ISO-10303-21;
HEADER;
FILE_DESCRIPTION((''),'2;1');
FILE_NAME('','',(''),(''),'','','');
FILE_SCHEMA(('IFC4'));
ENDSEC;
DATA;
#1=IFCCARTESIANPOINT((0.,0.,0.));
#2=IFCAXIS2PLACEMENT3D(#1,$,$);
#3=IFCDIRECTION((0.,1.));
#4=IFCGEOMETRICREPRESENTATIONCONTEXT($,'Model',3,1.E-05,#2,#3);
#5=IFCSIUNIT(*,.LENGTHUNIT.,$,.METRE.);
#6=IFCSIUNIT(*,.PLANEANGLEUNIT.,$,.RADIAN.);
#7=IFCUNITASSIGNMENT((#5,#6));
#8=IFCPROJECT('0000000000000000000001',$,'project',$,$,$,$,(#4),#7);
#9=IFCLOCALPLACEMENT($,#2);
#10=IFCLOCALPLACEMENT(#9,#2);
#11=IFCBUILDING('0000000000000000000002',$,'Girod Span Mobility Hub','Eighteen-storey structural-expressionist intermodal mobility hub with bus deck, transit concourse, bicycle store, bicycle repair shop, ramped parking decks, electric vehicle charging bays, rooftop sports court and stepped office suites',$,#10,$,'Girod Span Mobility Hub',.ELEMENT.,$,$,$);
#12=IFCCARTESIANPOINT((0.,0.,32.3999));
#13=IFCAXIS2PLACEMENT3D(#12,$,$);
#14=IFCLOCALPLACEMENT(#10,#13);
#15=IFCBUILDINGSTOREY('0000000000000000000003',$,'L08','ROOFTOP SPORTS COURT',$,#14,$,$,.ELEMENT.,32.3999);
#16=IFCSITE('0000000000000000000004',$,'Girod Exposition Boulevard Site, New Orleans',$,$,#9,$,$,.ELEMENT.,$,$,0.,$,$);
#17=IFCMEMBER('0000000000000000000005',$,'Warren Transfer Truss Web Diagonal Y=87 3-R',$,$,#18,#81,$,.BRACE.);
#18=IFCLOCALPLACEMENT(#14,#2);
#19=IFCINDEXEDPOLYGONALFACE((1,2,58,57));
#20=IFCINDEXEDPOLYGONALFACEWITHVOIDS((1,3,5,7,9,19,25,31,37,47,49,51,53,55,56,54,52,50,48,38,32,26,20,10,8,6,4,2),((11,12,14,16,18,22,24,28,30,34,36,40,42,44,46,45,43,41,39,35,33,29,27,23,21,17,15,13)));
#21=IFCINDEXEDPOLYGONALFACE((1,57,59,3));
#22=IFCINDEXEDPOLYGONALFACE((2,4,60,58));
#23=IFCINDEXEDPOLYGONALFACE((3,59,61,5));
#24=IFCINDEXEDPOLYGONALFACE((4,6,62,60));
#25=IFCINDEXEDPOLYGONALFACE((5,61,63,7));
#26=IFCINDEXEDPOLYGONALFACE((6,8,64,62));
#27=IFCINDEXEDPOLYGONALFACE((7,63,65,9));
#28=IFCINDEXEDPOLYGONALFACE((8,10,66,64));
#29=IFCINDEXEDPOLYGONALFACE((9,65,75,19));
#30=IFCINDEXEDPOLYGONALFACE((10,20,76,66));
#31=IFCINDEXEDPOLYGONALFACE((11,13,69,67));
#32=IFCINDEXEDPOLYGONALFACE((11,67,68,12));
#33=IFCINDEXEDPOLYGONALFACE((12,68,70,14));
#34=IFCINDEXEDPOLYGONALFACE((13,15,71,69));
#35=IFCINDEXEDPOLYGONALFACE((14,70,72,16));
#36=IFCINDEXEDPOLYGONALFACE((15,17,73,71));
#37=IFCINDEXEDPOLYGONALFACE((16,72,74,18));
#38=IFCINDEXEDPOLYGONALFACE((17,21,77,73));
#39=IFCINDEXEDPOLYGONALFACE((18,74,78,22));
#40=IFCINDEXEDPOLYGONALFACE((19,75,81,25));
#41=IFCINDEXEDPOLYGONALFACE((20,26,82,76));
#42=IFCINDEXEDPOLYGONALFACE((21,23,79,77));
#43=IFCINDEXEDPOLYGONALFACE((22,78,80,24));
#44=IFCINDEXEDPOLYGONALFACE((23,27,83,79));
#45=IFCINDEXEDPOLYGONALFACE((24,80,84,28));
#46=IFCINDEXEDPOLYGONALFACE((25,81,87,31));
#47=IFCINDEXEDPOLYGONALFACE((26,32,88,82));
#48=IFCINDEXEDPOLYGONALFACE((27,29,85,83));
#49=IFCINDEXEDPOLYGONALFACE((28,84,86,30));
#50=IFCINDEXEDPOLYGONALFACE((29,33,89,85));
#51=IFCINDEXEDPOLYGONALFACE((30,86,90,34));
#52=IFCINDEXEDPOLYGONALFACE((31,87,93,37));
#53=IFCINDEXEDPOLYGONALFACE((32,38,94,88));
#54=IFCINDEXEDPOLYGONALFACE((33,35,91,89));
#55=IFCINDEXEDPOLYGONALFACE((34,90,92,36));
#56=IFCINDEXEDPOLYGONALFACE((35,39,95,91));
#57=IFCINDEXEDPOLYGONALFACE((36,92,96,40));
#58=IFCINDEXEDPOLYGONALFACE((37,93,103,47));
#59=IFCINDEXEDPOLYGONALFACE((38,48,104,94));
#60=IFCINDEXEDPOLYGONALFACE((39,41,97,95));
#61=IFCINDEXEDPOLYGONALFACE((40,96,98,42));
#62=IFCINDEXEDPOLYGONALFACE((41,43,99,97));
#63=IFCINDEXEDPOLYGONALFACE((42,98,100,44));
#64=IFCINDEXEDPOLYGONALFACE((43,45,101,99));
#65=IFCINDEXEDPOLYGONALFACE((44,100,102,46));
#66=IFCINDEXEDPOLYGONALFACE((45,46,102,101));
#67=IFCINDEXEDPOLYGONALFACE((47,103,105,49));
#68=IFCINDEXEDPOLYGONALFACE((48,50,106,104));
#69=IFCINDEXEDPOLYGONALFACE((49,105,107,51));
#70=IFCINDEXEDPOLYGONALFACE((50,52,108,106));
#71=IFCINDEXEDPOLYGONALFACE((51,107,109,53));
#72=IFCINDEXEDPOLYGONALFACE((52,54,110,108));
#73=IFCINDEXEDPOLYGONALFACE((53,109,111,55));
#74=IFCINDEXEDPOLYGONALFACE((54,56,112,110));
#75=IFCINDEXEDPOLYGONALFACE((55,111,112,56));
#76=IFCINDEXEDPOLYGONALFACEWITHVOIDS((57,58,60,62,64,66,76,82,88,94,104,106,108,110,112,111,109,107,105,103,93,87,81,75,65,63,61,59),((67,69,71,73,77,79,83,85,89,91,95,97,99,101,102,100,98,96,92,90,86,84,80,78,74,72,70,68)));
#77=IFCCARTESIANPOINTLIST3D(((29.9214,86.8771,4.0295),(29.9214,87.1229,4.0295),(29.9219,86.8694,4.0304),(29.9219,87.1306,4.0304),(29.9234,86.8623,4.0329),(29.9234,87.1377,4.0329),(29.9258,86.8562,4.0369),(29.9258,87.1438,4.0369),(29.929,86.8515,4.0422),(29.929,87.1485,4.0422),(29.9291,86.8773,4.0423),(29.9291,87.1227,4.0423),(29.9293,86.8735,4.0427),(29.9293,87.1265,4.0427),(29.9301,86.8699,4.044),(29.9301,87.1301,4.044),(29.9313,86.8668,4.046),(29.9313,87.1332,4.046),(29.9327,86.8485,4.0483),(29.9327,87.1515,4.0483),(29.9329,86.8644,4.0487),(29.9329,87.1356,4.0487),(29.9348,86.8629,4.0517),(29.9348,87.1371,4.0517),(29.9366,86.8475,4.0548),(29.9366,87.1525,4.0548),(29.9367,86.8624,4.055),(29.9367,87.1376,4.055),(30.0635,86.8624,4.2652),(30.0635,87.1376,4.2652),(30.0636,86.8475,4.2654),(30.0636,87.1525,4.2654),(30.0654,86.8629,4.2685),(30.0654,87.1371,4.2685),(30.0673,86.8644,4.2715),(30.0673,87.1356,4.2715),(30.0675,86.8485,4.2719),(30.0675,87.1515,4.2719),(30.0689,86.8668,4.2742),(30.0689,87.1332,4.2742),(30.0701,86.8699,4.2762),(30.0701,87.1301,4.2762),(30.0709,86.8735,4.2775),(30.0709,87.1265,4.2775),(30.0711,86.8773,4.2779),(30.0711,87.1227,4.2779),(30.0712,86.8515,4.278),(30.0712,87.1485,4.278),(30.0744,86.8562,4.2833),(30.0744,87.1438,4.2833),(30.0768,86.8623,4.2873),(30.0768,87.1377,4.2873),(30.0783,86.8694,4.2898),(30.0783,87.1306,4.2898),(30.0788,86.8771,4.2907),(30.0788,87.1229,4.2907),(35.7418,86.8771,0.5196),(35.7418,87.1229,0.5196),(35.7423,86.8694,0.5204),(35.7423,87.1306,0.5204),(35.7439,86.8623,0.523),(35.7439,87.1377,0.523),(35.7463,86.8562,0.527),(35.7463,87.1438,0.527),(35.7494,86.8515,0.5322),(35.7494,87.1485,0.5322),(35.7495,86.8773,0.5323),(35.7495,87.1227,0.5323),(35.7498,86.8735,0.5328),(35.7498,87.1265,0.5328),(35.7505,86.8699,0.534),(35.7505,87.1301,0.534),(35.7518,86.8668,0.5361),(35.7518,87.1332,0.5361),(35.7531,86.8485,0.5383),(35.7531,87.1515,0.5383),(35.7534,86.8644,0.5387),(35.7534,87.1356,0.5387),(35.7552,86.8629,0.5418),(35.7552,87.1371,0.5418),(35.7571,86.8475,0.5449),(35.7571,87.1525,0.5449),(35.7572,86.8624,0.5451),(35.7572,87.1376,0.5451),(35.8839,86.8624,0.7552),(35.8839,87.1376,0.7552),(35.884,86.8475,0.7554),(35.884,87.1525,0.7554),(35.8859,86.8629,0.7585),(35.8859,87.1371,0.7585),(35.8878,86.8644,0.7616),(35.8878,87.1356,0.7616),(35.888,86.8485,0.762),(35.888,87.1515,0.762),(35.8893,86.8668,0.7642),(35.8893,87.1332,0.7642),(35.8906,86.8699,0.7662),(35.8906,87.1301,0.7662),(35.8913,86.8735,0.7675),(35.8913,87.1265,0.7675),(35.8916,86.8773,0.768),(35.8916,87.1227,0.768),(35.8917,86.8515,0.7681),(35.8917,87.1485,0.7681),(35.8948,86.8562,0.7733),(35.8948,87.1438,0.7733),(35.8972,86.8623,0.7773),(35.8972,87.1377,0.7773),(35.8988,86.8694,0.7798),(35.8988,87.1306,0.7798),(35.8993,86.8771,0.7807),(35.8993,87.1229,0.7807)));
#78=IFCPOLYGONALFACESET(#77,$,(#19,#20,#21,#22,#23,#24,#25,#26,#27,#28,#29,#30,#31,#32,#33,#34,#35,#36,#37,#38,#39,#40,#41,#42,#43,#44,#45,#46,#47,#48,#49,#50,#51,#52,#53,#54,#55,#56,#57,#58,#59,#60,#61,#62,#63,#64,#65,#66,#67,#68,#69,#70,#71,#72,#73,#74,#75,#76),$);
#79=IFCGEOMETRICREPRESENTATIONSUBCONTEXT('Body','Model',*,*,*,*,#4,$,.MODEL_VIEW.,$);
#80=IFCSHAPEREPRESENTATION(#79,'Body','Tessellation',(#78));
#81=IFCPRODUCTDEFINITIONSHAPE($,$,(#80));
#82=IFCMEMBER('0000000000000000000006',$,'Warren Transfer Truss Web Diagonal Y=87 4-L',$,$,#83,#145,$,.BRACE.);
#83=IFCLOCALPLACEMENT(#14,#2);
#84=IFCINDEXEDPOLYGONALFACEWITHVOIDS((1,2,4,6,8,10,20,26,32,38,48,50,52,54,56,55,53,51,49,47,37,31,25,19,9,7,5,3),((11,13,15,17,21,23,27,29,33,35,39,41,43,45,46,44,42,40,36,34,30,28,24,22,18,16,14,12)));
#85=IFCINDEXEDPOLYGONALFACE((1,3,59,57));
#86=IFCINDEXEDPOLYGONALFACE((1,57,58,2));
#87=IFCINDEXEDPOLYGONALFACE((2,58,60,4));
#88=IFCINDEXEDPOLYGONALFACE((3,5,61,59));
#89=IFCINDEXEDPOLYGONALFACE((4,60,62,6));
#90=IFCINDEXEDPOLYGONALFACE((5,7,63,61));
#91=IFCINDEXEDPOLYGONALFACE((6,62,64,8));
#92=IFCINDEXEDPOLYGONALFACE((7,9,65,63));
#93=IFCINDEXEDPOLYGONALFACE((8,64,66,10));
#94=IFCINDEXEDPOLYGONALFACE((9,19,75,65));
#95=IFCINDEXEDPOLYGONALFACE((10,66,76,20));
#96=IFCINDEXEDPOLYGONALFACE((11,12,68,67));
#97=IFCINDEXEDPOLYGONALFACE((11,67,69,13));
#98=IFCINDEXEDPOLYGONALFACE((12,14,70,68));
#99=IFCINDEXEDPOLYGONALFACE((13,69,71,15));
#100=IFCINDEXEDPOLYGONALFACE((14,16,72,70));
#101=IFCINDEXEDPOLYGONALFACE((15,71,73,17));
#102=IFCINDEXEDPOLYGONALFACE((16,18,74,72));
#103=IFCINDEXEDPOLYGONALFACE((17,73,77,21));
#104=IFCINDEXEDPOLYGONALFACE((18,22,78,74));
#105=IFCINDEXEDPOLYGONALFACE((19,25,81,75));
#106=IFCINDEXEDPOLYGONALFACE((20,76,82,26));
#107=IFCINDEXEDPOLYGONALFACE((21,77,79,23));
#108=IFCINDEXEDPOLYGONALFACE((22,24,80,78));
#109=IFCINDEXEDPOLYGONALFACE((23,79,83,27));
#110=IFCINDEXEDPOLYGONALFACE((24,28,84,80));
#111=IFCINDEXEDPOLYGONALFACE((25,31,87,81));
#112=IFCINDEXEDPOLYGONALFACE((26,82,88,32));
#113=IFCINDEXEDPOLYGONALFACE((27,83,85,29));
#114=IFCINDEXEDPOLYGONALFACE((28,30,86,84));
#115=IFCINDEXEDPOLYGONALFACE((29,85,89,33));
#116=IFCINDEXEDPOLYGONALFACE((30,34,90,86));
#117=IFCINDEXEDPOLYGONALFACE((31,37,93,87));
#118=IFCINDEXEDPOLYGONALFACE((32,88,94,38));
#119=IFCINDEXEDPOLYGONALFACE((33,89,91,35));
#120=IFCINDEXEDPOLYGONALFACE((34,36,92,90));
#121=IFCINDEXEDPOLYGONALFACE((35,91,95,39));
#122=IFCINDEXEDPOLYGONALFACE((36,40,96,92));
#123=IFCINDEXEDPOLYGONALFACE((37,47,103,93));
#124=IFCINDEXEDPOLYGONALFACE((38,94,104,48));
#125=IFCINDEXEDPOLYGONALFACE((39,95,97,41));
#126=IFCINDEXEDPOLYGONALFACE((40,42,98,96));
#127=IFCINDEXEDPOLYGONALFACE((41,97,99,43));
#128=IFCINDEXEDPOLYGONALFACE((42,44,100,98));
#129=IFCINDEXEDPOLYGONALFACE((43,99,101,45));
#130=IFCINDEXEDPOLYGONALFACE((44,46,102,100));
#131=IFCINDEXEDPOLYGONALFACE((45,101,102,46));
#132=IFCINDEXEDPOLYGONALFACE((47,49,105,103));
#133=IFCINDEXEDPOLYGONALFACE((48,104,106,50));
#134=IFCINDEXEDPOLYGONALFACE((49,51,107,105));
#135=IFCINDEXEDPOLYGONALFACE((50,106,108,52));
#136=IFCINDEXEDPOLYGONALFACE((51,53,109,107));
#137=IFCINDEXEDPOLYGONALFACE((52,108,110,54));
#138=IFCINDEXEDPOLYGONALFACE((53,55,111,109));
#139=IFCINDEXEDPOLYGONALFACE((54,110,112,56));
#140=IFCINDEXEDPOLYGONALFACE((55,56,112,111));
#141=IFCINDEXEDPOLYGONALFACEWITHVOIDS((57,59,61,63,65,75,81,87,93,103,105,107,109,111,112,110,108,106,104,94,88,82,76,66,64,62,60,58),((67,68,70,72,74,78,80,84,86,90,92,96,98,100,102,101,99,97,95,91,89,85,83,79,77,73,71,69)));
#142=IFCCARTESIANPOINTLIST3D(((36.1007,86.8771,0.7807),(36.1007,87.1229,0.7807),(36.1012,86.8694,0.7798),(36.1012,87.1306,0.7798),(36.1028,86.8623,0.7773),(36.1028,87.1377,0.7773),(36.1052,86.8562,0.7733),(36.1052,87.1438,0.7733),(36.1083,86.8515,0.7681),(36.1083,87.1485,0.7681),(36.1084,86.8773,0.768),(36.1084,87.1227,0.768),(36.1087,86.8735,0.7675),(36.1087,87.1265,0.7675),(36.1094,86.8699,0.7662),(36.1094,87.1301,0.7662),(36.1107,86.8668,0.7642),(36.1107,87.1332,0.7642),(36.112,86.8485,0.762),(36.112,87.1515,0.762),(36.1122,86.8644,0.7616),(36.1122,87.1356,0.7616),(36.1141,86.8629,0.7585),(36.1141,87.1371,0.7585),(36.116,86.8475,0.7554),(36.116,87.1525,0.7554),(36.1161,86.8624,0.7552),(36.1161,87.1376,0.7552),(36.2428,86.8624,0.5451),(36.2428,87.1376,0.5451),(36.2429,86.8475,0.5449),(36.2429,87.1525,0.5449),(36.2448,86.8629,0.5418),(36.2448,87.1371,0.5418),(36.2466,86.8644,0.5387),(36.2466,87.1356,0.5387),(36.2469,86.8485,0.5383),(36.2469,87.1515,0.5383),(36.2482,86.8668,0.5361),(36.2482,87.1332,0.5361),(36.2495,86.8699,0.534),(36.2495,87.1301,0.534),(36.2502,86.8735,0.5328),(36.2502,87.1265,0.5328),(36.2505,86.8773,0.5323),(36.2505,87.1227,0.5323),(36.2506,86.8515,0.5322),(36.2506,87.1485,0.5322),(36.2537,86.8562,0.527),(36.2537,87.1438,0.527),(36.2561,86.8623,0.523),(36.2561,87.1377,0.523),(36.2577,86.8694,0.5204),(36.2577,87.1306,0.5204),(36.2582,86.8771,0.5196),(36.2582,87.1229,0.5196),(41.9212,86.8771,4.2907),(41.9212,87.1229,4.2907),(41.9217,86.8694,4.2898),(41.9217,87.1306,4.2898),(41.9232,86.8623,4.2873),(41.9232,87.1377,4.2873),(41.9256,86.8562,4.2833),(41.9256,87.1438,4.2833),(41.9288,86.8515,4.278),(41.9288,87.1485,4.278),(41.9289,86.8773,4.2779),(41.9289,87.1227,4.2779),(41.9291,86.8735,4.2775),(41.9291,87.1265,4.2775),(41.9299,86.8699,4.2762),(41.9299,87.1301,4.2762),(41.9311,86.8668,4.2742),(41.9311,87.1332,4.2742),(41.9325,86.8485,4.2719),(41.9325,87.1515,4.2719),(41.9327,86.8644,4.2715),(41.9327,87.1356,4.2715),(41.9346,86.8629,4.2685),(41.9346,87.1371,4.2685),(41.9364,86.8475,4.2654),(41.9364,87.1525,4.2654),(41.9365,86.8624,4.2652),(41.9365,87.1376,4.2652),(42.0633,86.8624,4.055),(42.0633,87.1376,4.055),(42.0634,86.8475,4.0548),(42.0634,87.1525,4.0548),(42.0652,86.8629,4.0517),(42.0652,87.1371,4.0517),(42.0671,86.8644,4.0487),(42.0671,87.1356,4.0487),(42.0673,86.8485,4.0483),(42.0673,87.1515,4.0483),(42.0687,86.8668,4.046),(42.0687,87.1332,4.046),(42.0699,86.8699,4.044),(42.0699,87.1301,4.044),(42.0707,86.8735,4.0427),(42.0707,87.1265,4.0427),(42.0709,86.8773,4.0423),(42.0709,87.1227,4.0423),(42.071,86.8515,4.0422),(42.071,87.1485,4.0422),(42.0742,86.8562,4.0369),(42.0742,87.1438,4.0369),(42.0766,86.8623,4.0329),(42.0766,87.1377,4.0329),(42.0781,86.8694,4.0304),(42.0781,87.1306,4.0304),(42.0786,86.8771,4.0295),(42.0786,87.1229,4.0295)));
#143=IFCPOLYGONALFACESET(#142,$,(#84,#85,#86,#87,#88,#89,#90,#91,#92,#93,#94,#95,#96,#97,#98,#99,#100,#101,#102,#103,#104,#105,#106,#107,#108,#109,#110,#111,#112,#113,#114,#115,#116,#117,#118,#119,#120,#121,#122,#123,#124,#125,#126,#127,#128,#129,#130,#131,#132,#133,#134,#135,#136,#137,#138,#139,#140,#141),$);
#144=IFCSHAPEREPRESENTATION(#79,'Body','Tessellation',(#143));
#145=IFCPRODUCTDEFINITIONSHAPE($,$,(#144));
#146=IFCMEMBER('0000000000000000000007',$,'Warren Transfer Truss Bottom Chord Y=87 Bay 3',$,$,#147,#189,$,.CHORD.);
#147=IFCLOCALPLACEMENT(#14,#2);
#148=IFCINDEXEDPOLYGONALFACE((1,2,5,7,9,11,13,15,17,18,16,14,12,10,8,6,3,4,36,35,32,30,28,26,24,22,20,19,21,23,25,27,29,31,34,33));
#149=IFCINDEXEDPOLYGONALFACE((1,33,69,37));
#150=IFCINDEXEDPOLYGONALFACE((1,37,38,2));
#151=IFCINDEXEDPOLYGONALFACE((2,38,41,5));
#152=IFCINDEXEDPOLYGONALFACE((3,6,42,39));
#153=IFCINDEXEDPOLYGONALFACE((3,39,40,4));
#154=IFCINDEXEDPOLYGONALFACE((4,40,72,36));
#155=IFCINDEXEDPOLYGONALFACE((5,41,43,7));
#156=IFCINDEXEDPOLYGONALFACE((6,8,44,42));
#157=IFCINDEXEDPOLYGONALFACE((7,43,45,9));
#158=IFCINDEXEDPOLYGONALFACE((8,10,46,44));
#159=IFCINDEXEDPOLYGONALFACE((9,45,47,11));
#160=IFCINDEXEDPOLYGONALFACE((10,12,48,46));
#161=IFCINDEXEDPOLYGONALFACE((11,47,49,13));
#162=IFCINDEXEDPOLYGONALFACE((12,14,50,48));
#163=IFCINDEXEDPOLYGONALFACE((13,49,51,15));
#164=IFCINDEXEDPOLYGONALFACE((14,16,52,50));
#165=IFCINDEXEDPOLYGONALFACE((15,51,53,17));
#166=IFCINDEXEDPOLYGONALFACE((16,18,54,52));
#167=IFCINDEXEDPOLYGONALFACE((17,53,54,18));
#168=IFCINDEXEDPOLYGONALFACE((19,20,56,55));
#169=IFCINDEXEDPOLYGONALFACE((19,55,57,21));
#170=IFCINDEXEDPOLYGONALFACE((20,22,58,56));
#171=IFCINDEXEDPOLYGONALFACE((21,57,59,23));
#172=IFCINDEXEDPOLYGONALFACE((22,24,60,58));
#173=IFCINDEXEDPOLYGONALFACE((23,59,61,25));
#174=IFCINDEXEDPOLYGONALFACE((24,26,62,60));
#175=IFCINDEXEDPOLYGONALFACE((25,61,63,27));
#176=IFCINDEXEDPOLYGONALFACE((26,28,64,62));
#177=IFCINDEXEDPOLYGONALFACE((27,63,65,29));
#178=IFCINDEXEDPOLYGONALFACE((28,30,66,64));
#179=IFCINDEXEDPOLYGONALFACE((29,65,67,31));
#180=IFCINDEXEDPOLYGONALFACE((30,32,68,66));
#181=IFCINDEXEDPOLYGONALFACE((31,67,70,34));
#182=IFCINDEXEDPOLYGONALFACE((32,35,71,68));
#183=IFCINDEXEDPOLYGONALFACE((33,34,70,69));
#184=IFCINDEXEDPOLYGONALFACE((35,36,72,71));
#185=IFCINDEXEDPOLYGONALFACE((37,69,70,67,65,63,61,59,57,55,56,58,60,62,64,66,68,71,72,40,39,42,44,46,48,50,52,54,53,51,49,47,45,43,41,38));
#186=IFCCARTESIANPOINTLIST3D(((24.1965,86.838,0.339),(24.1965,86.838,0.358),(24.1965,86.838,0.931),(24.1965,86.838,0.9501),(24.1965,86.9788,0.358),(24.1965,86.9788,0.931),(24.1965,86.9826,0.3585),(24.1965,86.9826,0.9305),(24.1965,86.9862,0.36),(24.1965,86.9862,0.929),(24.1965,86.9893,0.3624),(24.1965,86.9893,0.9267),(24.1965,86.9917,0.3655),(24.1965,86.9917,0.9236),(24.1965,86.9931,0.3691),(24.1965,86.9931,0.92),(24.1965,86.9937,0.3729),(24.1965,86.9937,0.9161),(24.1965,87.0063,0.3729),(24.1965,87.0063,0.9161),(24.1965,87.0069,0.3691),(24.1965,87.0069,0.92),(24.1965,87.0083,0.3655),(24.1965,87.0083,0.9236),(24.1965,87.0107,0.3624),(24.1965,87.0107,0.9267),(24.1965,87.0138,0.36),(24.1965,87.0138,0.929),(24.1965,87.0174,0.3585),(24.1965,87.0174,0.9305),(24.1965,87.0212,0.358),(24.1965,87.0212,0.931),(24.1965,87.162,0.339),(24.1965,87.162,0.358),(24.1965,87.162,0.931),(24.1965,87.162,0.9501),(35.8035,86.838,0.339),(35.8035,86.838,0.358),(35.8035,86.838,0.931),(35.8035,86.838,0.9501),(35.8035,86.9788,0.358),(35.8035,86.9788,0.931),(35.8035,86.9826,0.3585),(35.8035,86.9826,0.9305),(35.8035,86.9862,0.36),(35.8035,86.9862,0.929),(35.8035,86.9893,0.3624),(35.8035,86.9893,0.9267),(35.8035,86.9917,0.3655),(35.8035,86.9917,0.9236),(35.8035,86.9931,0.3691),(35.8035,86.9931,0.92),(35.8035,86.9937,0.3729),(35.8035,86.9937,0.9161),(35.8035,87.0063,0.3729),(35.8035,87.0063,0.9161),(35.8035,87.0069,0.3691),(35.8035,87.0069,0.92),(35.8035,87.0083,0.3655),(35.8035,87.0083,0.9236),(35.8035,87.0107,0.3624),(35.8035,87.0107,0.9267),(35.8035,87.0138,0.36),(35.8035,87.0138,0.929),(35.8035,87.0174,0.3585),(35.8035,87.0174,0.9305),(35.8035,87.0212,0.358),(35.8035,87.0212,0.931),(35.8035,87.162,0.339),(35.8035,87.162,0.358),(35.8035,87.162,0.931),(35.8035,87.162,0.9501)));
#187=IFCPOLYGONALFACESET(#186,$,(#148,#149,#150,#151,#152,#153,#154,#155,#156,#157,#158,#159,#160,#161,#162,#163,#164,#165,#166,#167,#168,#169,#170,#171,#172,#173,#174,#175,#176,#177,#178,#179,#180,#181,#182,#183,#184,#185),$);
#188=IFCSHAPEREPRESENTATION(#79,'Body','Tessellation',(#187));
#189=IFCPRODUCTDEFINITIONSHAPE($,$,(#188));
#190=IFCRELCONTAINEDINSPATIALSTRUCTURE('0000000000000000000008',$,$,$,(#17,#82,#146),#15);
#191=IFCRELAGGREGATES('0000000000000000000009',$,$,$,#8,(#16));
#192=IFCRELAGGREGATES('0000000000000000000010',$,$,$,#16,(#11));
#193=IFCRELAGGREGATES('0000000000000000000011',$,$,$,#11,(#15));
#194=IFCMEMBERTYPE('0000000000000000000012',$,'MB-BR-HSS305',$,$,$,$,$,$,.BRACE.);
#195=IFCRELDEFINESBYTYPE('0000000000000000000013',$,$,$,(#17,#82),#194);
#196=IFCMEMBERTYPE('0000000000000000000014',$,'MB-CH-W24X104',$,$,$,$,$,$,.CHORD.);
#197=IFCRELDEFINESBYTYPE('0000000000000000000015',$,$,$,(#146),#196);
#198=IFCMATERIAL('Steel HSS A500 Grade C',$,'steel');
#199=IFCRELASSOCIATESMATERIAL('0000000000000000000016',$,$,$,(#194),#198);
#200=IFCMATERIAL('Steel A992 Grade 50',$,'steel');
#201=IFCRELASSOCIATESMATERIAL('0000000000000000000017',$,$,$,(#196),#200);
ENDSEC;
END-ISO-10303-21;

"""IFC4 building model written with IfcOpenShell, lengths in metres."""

from ifc_helpers import new_model, si_unit, direction, frame, origin, origin_2d, place, context, subcontext, project, spatial, hollow_rectangle, i_section, extrude, material, material_profile, profile_set, type_object, element, save


model = new_model("IFC4")

# Units and contexts
model_context = context("Model", 3, precision=1e-05, world=origin(), true_north=direction((0.0, 1.0)))
body_context = subcontext(model_context, "Body", "Model", "MODEL_VIEW")
ifc_project = project(units=[si_unit("LENGTHUNIT", "METRE"), si_unit("PLANEANGLEUNIT", "RADIAN")], contexts=[model_context])

# Site, building, storey
site_placement = place(None, origin())
site = spatial("IfcSite", under=ifc_project, at=site_placement, Name="Girod Exposition Boulevard Site, New Orleans", CompositionType="ELEMENT", RefElevation=0.0)
building_placement = place(site_placement, origin())
building = spatial("IfcBuilding", under=site, at=building_placement, Name="Girod Span Mobility Hub", Description="Eighteen-storey structural-expressionist intermodal mobility hub with bus deck, transit concourse, bicycle store, bicycle repair shop, ramped parking decks, electric vehicle charging bays, rooftop sports court and stepped office suites", LongName="Girod Span Mobility Hub", CompositionType="ELEMENT")
storey_placement = place(building_placement, frame((0.0, 0.0, 32.3999)))
storey = spatial("IfcBuildingStorey", under=building, at=storey_placement, Name="L08", Description="ROOFTOP SPORTS COURT", CompositionType="ELEMENT", Elevation=32.3999)

# Members
ifc_material_1 = material(Name="Steel HSS A500 Grade C", Category="steel")
ifc_material_profile_1 = material_profile(ifc_material_1, hollow_rectangle(XDim=0.3049, YDim=0.3049, WallThickness=0.0149, InnerFilletRadius=0.0149, OuterFilletRadius=0.0295, at=origin_2d()), Name="HSS305X305X16")
ifc_profile_set_1 = profile_set([ifc_material_profile_1], Name="Steel HSS A500 Grade C")
member_type_1 = type_object("IfcMemberType", Name="MB-BR-HSS305", PredefinedType="BRACE", material=ifc_profile_set_1)
for number, where, z_axis, x_axis, name in (
    (1, (35.8206, 87.0, 0.6501), (-0.856344, 0.0, 0.516407), (0.0, -1.0, 0.0), "Warren Transfer Truss Web Diagonal Y=87 3-R"),
    (2, (36.1794, 87.0, 0.6501), (0.856344, 0.0, 0.516407), (0.0, 1.0, 0.0), "Warren Transfer Truss Web Diagonal Y=87 4-L"),
):
    element("IfcMember", number, at=place(storey_placement, frame(where, z_axis=z_axis, x_axis=x_axis)), inside=storey, type_object=member_type_1, Name=name, PredefinedType="BRACE", context=body_context, shape_type="SweptSolid", body=[
        extrude(hollow_rectangle(XDim=0.3049, YDim=0.3049, WallThickness=0.0149, InnerFilletRadius=0.0149, OuterFilletRadius=0.0295, at=origin_2d()), origin(), (0.0, 0.0, 1.0), 6.7969),
    ])
ifc_material_2 = material(Name="Steel A992 Grade 50", Category="steel")
ifc_material_profile_2 = material_profile(ifc_material_2, i_section(OverallWidth=0.324, OverallDepth=0.6111, WebThickness=0.0127, FlangeThickness=0.019, FilletRadius=0.0149, at=origin_2d()), Name="W24X104")
ifc_profile_set_2 = profile_set([ifc_material_profile_2], Name="Steel A992 Grade 50")
member_type_2 = type_object("IfcMemberType", Name="MB-CH-W24X104", PredefinedType="CHORD", material=ifc_profile_set_2)
for number, where, z_axis, x_axis, name in (
    (3, (24.1965, 87.0, 0.6445), (1.0, 0.0, 0.0), (0.0, 1.0, 0.0), "Warren Transfer Truss Bottom Chord Y=87 Bay 3"),
):
    element("IfcMember", number, at=place(storey_placement, frame(where, z_axis=z_axis, x_axis=x_axis)), inside=storey, type_object=member_type_2, Name=name, PredefinedType="CHORD", context=body_context, shape_type="SweptSolid", body=[
        extrude(i_section(OverallWidth=0.324, OverallDepth=0.6111, WebThickness=0.0127, FlangeThickness=0.019, FilletRadius=0.0149, at=origin_2d()), origin(), (0.0, 0.0, 1.0), 11.6069),
    ])

save(model, "model.ifc")
